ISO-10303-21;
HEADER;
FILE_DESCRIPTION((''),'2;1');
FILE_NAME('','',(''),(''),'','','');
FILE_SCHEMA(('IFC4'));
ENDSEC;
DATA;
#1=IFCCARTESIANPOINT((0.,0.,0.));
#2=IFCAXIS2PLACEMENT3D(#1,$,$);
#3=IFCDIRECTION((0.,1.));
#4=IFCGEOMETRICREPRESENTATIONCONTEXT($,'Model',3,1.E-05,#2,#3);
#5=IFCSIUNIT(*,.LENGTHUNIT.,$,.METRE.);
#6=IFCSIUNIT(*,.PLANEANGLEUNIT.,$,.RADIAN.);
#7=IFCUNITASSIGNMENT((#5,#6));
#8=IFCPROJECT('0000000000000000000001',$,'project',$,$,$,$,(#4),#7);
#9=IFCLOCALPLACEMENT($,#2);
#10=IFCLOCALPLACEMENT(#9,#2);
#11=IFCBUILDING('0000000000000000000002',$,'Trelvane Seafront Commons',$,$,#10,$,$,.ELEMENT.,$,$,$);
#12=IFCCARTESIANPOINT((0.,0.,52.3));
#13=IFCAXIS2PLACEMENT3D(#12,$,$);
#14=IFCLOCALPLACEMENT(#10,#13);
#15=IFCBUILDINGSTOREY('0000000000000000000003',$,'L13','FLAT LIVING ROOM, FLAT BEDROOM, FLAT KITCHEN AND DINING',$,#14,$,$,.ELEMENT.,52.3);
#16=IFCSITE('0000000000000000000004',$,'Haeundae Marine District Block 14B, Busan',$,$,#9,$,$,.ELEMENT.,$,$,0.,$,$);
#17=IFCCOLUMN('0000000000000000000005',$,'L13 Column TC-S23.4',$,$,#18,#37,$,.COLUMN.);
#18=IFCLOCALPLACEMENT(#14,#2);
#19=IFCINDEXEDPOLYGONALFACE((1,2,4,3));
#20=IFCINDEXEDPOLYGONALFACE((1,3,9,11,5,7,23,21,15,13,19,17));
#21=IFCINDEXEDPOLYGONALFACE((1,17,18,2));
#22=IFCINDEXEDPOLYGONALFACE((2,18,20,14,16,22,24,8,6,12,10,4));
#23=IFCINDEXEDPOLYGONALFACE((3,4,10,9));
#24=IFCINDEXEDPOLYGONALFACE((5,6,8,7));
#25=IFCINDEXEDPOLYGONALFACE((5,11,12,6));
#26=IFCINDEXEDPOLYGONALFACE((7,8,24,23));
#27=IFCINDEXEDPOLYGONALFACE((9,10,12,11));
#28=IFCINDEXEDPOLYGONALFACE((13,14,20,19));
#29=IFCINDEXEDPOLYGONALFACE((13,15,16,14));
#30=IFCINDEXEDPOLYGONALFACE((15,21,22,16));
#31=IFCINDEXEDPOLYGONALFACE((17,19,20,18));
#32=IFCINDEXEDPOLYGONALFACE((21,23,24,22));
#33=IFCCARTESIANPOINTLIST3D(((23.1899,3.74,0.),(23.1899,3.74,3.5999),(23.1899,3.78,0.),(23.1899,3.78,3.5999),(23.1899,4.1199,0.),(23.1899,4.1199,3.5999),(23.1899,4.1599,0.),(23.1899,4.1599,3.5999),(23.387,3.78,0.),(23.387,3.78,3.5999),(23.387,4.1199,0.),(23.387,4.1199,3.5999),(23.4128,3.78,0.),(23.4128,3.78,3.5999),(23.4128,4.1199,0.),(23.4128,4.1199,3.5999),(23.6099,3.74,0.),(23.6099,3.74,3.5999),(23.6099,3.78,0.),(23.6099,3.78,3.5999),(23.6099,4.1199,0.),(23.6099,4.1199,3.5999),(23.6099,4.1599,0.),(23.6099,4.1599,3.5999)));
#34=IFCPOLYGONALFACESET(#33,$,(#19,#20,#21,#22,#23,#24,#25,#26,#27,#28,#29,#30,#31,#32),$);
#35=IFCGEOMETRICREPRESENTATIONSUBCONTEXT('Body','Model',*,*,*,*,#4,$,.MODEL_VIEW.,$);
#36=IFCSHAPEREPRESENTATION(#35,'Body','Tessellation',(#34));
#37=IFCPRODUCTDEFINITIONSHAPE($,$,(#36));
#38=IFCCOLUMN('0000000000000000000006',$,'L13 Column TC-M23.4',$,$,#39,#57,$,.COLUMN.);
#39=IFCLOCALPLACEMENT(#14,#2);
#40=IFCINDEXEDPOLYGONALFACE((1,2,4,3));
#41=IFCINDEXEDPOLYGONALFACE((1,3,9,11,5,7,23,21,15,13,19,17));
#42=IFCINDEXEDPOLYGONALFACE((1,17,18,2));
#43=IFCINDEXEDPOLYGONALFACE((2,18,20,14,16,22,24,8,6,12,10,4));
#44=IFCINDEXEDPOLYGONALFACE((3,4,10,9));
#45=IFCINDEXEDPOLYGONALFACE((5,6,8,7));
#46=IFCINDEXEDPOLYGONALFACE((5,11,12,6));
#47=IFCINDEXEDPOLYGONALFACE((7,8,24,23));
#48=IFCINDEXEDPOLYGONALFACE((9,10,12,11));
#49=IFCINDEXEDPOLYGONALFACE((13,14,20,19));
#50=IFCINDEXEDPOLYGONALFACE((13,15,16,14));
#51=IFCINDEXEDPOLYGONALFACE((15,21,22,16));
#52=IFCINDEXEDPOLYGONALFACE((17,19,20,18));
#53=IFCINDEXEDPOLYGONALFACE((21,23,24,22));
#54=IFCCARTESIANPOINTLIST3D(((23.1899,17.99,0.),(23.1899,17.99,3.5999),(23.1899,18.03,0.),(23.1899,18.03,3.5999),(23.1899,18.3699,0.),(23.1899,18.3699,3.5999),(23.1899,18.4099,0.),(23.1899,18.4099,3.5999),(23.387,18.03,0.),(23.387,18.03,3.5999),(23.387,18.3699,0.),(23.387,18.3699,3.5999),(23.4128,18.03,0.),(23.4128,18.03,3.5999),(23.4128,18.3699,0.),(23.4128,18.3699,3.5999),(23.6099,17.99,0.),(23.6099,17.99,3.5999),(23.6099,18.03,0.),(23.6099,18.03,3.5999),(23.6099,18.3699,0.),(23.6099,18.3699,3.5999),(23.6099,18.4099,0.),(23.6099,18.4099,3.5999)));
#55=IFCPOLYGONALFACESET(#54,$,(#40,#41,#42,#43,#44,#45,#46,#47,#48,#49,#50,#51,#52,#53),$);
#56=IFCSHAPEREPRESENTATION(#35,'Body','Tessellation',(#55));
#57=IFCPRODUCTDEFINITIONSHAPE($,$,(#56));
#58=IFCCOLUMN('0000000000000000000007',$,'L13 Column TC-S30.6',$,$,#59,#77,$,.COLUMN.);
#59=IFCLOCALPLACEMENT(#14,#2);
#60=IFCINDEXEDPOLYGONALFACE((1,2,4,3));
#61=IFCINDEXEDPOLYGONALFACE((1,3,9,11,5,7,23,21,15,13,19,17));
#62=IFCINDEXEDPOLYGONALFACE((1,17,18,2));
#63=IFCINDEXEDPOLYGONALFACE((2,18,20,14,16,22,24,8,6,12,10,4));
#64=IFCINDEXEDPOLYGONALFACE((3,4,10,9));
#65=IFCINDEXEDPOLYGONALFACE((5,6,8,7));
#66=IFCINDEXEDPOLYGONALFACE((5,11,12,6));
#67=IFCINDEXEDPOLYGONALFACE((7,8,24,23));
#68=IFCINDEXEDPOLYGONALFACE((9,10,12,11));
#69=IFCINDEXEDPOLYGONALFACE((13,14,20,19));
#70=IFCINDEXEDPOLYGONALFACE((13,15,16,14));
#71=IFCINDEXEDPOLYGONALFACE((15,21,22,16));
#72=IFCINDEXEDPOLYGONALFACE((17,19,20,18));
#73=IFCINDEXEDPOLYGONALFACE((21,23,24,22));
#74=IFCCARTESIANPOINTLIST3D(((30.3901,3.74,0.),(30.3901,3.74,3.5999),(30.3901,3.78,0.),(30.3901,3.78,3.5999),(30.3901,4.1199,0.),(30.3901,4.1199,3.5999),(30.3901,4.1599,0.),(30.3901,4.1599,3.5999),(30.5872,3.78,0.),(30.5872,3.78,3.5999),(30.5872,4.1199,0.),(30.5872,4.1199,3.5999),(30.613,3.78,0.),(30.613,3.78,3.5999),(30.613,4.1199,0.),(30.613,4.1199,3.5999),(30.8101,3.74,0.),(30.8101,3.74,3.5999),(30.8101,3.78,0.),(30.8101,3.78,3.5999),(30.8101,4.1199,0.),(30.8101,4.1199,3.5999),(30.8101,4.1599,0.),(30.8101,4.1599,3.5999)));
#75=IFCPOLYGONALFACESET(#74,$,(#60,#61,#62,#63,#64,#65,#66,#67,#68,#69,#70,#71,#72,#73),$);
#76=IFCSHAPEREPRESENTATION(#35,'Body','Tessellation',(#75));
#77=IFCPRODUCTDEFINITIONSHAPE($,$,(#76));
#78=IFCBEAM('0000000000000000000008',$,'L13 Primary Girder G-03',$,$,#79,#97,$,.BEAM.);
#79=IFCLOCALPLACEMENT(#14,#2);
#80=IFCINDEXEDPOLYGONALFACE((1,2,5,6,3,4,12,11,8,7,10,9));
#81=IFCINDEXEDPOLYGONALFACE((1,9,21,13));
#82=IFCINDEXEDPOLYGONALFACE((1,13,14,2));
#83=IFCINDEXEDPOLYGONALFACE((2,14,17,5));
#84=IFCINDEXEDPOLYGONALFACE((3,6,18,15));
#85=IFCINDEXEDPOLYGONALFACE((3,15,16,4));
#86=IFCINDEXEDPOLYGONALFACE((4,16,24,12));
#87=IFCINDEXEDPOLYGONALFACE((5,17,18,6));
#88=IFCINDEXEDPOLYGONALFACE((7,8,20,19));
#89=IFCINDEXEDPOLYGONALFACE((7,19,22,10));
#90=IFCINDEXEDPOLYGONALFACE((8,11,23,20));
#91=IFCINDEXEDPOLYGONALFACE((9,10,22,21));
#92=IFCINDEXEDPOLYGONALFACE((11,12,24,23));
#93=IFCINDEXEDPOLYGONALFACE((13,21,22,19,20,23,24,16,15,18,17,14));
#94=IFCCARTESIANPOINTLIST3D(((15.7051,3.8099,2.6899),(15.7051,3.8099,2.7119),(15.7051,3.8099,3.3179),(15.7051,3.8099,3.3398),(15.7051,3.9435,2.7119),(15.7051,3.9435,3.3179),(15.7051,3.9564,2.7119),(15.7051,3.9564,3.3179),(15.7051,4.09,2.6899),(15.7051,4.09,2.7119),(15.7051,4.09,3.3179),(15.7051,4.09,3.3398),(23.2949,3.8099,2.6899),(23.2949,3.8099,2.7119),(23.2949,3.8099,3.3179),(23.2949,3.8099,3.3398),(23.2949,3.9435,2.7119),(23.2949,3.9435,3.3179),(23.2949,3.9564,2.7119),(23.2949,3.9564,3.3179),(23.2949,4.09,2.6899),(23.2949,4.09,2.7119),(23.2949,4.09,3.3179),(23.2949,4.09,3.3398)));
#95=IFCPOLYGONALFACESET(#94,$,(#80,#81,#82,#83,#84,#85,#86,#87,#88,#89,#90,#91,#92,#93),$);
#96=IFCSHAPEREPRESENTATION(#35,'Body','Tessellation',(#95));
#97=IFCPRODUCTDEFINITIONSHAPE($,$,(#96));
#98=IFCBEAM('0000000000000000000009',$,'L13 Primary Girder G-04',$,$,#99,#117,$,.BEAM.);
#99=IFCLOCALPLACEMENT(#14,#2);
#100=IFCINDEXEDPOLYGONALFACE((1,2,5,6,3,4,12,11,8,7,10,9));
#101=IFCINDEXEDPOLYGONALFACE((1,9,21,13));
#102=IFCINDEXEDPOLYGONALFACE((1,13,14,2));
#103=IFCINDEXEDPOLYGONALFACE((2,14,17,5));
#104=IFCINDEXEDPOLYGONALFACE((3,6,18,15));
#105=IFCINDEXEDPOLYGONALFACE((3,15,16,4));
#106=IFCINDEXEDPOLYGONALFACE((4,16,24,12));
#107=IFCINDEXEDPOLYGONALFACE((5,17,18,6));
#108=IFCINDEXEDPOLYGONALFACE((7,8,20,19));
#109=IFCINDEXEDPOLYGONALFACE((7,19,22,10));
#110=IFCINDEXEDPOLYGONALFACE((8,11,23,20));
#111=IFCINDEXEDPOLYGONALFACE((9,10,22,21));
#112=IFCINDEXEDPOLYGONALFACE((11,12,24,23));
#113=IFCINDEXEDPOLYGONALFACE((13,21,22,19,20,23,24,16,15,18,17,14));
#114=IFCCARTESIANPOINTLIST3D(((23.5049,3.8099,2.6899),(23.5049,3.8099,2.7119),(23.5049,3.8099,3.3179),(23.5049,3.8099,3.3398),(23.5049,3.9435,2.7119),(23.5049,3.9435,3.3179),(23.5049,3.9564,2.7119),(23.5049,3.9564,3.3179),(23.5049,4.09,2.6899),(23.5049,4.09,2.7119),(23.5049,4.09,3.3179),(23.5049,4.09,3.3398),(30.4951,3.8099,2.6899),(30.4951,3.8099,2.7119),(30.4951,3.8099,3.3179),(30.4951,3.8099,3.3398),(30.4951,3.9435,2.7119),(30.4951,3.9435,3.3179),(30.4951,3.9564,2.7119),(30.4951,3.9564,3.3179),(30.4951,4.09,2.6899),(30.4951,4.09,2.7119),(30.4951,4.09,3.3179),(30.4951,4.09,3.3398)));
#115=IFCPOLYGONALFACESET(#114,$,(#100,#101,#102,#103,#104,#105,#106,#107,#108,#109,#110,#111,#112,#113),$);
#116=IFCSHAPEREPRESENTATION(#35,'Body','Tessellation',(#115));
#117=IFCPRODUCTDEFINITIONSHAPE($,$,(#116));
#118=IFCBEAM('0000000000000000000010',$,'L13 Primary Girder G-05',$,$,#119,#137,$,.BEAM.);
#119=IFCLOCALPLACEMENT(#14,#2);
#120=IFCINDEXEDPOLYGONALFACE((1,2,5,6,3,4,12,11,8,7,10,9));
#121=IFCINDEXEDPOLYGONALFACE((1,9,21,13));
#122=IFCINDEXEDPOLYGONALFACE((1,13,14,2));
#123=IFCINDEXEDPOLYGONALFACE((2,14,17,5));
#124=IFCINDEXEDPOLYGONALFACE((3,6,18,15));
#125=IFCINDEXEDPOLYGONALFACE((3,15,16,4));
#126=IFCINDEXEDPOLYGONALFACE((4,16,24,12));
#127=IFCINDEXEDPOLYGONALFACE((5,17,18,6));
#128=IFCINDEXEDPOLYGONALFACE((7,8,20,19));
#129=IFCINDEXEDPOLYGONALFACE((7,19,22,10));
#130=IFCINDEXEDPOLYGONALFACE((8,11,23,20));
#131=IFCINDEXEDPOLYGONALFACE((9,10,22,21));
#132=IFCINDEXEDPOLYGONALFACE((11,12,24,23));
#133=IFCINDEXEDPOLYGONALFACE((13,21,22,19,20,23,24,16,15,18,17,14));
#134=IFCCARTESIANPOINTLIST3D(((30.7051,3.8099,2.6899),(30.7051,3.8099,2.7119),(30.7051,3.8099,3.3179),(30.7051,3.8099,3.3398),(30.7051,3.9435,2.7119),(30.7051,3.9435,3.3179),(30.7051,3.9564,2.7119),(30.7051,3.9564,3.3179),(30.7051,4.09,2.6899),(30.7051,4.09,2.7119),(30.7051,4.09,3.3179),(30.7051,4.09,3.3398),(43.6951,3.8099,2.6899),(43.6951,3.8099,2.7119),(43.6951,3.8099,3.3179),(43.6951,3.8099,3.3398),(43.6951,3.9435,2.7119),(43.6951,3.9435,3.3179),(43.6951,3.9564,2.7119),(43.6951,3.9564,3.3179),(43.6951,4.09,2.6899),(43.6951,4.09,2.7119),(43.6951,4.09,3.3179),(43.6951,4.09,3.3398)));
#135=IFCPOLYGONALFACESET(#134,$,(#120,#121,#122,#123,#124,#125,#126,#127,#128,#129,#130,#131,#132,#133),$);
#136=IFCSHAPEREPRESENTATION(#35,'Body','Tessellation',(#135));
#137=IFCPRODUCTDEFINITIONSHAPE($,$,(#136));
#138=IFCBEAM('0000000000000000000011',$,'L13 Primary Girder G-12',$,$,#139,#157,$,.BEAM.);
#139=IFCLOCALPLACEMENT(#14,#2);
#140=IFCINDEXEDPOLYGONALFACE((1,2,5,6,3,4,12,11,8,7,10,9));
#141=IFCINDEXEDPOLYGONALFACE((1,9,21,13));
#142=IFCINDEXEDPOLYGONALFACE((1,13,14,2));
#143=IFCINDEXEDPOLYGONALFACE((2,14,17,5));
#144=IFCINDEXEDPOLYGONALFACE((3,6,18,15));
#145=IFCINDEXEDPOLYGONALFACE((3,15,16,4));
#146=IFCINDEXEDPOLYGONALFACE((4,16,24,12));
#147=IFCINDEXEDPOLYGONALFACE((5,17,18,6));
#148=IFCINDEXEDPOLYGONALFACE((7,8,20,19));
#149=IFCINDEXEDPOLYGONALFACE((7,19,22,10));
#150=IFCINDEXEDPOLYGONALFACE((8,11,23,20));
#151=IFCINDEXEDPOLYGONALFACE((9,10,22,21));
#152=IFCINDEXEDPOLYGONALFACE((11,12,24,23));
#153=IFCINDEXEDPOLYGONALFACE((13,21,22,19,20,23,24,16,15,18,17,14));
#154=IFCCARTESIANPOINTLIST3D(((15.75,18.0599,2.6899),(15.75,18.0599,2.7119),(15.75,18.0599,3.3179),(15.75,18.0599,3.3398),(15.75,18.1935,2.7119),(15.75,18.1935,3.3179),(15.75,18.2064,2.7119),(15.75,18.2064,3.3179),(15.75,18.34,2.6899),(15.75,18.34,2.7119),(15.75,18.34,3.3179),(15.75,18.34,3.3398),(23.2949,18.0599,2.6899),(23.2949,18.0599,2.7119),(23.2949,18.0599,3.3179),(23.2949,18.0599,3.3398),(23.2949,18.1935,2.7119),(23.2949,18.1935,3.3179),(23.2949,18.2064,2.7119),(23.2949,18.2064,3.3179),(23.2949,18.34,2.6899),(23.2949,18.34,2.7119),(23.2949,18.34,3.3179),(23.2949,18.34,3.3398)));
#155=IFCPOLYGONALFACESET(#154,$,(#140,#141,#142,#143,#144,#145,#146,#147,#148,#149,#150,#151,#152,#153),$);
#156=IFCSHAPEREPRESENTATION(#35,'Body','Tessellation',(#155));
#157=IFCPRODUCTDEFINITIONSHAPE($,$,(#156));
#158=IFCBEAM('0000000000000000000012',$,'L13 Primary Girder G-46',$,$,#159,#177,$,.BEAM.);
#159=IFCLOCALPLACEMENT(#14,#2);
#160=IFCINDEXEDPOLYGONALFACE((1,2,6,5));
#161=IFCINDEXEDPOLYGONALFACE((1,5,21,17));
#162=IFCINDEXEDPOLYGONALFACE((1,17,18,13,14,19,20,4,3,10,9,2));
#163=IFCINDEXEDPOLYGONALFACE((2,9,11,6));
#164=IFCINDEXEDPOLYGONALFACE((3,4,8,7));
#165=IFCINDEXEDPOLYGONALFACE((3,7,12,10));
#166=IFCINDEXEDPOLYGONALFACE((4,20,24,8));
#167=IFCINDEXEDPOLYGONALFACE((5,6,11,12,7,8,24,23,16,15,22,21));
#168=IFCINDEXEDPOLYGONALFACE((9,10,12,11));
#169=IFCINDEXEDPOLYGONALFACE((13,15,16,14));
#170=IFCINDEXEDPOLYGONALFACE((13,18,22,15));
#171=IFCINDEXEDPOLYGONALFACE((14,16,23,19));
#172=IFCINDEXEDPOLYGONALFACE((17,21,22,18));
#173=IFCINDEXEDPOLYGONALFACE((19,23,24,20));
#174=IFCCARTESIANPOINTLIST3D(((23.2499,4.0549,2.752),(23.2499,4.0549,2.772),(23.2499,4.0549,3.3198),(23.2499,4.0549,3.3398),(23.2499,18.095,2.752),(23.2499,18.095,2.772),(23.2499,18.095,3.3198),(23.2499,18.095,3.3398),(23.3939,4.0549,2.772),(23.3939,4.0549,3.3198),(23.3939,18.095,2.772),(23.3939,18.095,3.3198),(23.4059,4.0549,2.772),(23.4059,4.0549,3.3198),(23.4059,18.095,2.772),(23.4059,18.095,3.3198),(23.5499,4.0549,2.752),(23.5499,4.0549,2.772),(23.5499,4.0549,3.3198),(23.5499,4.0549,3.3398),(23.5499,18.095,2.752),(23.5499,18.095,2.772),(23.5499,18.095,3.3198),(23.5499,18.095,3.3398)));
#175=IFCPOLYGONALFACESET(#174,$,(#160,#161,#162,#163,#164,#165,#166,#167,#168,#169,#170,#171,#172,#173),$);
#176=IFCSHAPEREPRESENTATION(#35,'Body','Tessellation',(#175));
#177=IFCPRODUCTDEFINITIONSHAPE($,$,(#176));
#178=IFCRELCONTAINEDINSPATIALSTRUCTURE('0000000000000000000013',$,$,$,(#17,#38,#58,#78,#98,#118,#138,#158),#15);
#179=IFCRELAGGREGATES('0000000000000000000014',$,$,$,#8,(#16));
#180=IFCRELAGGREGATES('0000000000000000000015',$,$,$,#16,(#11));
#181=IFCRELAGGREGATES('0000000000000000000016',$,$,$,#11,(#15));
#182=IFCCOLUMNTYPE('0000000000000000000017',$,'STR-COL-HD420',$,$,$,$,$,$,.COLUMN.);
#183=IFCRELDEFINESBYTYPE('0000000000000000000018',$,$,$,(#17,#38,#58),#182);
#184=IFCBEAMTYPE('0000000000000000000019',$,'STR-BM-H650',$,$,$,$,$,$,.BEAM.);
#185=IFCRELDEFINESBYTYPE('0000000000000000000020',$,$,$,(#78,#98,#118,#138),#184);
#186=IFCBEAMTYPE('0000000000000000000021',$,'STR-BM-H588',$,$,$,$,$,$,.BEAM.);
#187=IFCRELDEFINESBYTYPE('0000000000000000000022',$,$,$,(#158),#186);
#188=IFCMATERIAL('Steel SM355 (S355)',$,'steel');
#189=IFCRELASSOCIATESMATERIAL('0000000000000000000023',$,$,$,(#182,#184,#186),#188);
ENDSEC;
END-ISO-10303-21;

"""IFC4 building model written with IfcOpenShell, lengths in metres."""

from ifc_helpers import new_model, si_unit, direction, frame, origin, origin_2d, place, context, subcontext, project, spatial, i_section, extrude, source, transform, mapped, material, material_profile, profile_set, type_object, element, save


model = new_model("IFC4")

# Units and contexts
model_context = context("Model", 3, precision=1e-05, world=origin(), true_north=direction((0.0, 1.0)))
body_context = subcontext(model_context, "Body", "Model", "MODEL_VIEW")
ifc_project = project(units=[si_unit("LENGTHUNIT", "METRE"), si_unit("PLANEANGLEUNIT", "RADIAN")], contexts=[model_context])

# Site, building, storey
site_placement = place(None, origin())
site = spatial("IfcSite", under=ifc_project, at=site_placement, Name="Haeundae Marine District Block 14B, Busan", CompositionType="ELEMENT", RefElevation=0.0)
building_placement = place(site_placement, origin())
building = spatial("IfcBuilding", under=site, at=building_placement, Name="Trelvane Seafront Commons", CompositionType="ELEMENT")
storey_placement = place(building_placement, frame((0.0, 0.0, 52.3)))
storey = spatial("IfcBuildingStorey", under=building, at=storey_placement, Name="L13", Description="FLAT LIVING ROOM, FLAT BEDROOM, FLAT KITCHEN AND DINING", CompositionType="ELEMENT", Elevation=52.3)

# Columns
ifc_material_1 = material(Name="Steel SM355 (S355)", Category="steel")
ifc_material_profile_1 = material_profile(ifc_material_1, i_section(OverallWidth=0.4199, OverallDepth=0.4199, WebThickness=0.0259, FlangeThickness=0.04, at=origin_2d()), Name="HD-420x420x26x40")
ifc_profile_set_1 = profile_set([ifc_material_profile_1], Name="Steel SM355 (S355)")
column_type = type_object("IfcColumnType", Name="STR-COL-HD420", PredefinedType="COLUMN", material=ifc_profile_set_1)
shared_shape_1 = source(origin(), body_context, "Body", "SweptSolid", [
    extrude(i_section(OverallWidth=0.4199, OverallDepth=0.4199, WebThickness=0.0259, FlangeThickness=0.04, at=origin_2d()), origin(), (0.0, 0.0, 1.0), 3.5999),
])
for number, where, z_axis, x_axis, name in (
    (1, (23.3999, 3.95, 0.0), (0.0, 0.0, 1.0), (1.0, 0.0, 0.0), "L13 Column TC-S23.4"),
    (2, (23.3999, 18.2, 0.0), (0.0, 0.0, 1.0), (1.0, 0.0, 0.0), "L13 Column TC-M23.4"),
    (3, (30.6001, 3.95, 0.0), (0.0, 0.0, 1.0), (1.0, 0.0, 0.0), "L13 Column TC-S30.6"),
):
    element("IfcColumn", number, at=place(storey_placement, frame(where, z_axis=z_axis, x_axis=x_axis)), inside=storey, type_object=column_type, Name=name, PredefinedType="COLUMN", context=body_context, shape_type="MappedRepresentation", body=[
        mapped(shared_shape_1, transform((0.0, 0.0, 0.0), x_axis=(1.0, 0.0, 0.0), y_axis=(0.0, 1.0, 0.0), z_axis=(0.0, 0.0, 1.0), scale=1.0)),
    ])

# Beams
ifc_material_profile_2 = material_profile(ifc_material_1, i_section(OverallWidth=0.28, OverallDepth=0.6499, WebThickness=0.0129, FlangeThickness=0.022, at=origin_2d()), Name="H-650x280x13x22")
ifc_profile_set_2 = profile_set([ifc_material_profile_2], Name="Steel SM355 (S355)")
beam_type_1 = type_object("IfcBeamType", Name="STR-BM-H650", PredefinedType="BEAM", material=ifc_profile_set_2)
shared_shape_2 = source(origin(), body_context, "Body", "SweptSolid", [
    extrude(i_section(OverallWidth=0.28, OverallDepth=0.6499, WebThickness=0.0129, FlangeThickness=0.022, at=origin_2d()), origin(), (0.0, 0.0, 1.0), 7.5898),
])
beam_1_placement = place(storey_placement, frame((15.7051, 3.95, 3.0149), z_axis=(1.0, 0.0, 0.0), x_axis=(0.0, 1.0, 0.0)))
element("IfcBeam", 4, at=beam_1_placement, inside=storey, type_object=beam_type_1, Name="L13 Primary Girder G-03", PredefinedType="BEAM", context=body_context, shape_type="MappedRepresentation", body=[
    mapped(shared_shape_2, transform((0.0, 0.0, 0.0), x_axis=(1.0, 0.0, 0.0), y_axis=(0.0, 1.0, 0.0), z_axis=(0.0, 0.0, 1.0), scale=1.0)),
])
shared_shape_3 = source(origin(), body_context, "Body", "SweptSolid", [
    extrude(i_section(OverallWidth=0.28, OverallDepth=0.6499, WebThickness=0.0129, FlangeThickness=0.022, at=origin_2d()), origin(), (0.0, 0.0, 1.0), 6.9902),
])
beam_2_placement = place(storey_placement, frame((23.5049, 3.95, 3.0149), z_axis=(1.0, 0.0, 0.0), x_axis=(0.0, 1.0, 0.0)))
element("IfcBeam", 5, at=beam_2_placement, inside=storey, type_object=beam_type_1, Name="L13 Primary Girder G-04", PredefinedType="BEAM", context=body_context, shape_type="MappedRepresentation", body=[
    mapped(shared_shape_3, transform((0.0, 0.0, 0.0), x_axis=(1.0, 0.0, 0.0), y_axis=(0.0, 1.0, 0.0), z_axis=(0.0, 0.0, 1.0), scale=1.0)),
])
shared_shape_4 = source(origin(), body_context, "Body", "SweptSolid", [
    extrude(i_section(OverallWidth=0.28, OverallDepth=0.6499, WebThickness=0.0129, FlangeThickness=0.022, at=origin_2d()), origin(), (0.0, 0.0, 1.0), 12.99),
])
beam_3_placement = place(storey_placement, frame((30.7051, 3.95, 3.0149), z_axis=(1.0, 0.0, 0.0), x_axis=(0.0, 1.0, 0.0)))
element("IfcBeam", 6, at=beam_3_placement, inside=storey, type_object=beam_type_1, Name="L13 Primary Girder G-05", PredefinedType="BEAM", context=body_context, shape_type="MappedRepresentation", body=[
    mapped(shared_shape_4, transform((0.0, 0.0, 0.0), x_axis=(1.0, 0.0, 0.0), y_axis=(0.0, 1.0, 0.0), z_axis=(0.0, 0.0, 1.0), scale=1.0)),
])
shared_shape_5 = source(origin(), body_context, "Body", "SweptSolid", [
    extrude(i_section(OverallWidth=0.28, OverallDepth=0.6499, WebThickness=0.0129, FlangeThickness=0.022, at=origin_2d()), origin(), (0.0, 0.0, 1.0), 7.5449),
])
beam_4_placement = place(storey_placement, frame((15.75, 18.2, 3.0149), z_axis=(1.0, 0.0, 0.0), x_axis=(0.0, 1.0, 0.0)))
element("IfcBeam", 7, at=beam_4_placement, inside=storey, type_object=beam_type_1, Name="L13 Primary Girder G-12", PredefinedType="BEAM", context=body_context, shape_type="MappedRepresentation", body=[
    mapped(shared_shape_5, transform((0.0, 0.0, 0.0), x_axis=(1.0, 0.0, 0.0), y_axis=(0.0, 1.0, 0.0), z_axis=(0.0, 0.0, 1.0), scale=1.0)),
])
ifc_material_profile_3 = material_profile(ifc_material_1, i_section(OverallWidth=0.3, OverallDepth=0.5879, WebThickness=0.012, FlangeThickness=0.02, at=origin_2d()), Name="H-588x300x12x20")
ifc_profile_set_3 = profile_set([ifc_material_profile_3], Name="Steel SM355 (S355)")
beam_type_2 = type_object("IfcBeamType", Name="STR-BM-H588", PredefinedType="BEAM", material=ifc_profile_set_3)
shared_shape_6 = source(origin(), body_context, "Body", "SweptSolid", [
    extrude(i_section(OverallWidth=0.3, OverallDepth=0.5879, WebThickness=0.012, FlangeThickness=0.02, at=origin_2d()), origin(), (0.0, 0.0, 1.0), 14.04),
])
beam_5_placement = place(storey_placement, frame((23.3999, 4.0549, 3.0459), z_axis=(0.0, 1.0, 0.0), x_axis=(-1.0, 0.0, 0.0)))
element("IfcBeam", 8, at=beam_5_placement, inside=storey, type_object=beam_type_2, Name="L13 Primary Girder G-46", PredefinedType="BEAM", context=body_context, shape_type="MappedRepresentation", body=[
    mapped(shared_shape_6, transform((0.0, 0.0, 0.0), x_axis=(1.0, 0.0, 0.0), y_axis=(0.0, 1.0, 0.0), z_axis=(0.0, 0.0, 1.0), scale=1.0)),
])

save(model, "model.ifc")
